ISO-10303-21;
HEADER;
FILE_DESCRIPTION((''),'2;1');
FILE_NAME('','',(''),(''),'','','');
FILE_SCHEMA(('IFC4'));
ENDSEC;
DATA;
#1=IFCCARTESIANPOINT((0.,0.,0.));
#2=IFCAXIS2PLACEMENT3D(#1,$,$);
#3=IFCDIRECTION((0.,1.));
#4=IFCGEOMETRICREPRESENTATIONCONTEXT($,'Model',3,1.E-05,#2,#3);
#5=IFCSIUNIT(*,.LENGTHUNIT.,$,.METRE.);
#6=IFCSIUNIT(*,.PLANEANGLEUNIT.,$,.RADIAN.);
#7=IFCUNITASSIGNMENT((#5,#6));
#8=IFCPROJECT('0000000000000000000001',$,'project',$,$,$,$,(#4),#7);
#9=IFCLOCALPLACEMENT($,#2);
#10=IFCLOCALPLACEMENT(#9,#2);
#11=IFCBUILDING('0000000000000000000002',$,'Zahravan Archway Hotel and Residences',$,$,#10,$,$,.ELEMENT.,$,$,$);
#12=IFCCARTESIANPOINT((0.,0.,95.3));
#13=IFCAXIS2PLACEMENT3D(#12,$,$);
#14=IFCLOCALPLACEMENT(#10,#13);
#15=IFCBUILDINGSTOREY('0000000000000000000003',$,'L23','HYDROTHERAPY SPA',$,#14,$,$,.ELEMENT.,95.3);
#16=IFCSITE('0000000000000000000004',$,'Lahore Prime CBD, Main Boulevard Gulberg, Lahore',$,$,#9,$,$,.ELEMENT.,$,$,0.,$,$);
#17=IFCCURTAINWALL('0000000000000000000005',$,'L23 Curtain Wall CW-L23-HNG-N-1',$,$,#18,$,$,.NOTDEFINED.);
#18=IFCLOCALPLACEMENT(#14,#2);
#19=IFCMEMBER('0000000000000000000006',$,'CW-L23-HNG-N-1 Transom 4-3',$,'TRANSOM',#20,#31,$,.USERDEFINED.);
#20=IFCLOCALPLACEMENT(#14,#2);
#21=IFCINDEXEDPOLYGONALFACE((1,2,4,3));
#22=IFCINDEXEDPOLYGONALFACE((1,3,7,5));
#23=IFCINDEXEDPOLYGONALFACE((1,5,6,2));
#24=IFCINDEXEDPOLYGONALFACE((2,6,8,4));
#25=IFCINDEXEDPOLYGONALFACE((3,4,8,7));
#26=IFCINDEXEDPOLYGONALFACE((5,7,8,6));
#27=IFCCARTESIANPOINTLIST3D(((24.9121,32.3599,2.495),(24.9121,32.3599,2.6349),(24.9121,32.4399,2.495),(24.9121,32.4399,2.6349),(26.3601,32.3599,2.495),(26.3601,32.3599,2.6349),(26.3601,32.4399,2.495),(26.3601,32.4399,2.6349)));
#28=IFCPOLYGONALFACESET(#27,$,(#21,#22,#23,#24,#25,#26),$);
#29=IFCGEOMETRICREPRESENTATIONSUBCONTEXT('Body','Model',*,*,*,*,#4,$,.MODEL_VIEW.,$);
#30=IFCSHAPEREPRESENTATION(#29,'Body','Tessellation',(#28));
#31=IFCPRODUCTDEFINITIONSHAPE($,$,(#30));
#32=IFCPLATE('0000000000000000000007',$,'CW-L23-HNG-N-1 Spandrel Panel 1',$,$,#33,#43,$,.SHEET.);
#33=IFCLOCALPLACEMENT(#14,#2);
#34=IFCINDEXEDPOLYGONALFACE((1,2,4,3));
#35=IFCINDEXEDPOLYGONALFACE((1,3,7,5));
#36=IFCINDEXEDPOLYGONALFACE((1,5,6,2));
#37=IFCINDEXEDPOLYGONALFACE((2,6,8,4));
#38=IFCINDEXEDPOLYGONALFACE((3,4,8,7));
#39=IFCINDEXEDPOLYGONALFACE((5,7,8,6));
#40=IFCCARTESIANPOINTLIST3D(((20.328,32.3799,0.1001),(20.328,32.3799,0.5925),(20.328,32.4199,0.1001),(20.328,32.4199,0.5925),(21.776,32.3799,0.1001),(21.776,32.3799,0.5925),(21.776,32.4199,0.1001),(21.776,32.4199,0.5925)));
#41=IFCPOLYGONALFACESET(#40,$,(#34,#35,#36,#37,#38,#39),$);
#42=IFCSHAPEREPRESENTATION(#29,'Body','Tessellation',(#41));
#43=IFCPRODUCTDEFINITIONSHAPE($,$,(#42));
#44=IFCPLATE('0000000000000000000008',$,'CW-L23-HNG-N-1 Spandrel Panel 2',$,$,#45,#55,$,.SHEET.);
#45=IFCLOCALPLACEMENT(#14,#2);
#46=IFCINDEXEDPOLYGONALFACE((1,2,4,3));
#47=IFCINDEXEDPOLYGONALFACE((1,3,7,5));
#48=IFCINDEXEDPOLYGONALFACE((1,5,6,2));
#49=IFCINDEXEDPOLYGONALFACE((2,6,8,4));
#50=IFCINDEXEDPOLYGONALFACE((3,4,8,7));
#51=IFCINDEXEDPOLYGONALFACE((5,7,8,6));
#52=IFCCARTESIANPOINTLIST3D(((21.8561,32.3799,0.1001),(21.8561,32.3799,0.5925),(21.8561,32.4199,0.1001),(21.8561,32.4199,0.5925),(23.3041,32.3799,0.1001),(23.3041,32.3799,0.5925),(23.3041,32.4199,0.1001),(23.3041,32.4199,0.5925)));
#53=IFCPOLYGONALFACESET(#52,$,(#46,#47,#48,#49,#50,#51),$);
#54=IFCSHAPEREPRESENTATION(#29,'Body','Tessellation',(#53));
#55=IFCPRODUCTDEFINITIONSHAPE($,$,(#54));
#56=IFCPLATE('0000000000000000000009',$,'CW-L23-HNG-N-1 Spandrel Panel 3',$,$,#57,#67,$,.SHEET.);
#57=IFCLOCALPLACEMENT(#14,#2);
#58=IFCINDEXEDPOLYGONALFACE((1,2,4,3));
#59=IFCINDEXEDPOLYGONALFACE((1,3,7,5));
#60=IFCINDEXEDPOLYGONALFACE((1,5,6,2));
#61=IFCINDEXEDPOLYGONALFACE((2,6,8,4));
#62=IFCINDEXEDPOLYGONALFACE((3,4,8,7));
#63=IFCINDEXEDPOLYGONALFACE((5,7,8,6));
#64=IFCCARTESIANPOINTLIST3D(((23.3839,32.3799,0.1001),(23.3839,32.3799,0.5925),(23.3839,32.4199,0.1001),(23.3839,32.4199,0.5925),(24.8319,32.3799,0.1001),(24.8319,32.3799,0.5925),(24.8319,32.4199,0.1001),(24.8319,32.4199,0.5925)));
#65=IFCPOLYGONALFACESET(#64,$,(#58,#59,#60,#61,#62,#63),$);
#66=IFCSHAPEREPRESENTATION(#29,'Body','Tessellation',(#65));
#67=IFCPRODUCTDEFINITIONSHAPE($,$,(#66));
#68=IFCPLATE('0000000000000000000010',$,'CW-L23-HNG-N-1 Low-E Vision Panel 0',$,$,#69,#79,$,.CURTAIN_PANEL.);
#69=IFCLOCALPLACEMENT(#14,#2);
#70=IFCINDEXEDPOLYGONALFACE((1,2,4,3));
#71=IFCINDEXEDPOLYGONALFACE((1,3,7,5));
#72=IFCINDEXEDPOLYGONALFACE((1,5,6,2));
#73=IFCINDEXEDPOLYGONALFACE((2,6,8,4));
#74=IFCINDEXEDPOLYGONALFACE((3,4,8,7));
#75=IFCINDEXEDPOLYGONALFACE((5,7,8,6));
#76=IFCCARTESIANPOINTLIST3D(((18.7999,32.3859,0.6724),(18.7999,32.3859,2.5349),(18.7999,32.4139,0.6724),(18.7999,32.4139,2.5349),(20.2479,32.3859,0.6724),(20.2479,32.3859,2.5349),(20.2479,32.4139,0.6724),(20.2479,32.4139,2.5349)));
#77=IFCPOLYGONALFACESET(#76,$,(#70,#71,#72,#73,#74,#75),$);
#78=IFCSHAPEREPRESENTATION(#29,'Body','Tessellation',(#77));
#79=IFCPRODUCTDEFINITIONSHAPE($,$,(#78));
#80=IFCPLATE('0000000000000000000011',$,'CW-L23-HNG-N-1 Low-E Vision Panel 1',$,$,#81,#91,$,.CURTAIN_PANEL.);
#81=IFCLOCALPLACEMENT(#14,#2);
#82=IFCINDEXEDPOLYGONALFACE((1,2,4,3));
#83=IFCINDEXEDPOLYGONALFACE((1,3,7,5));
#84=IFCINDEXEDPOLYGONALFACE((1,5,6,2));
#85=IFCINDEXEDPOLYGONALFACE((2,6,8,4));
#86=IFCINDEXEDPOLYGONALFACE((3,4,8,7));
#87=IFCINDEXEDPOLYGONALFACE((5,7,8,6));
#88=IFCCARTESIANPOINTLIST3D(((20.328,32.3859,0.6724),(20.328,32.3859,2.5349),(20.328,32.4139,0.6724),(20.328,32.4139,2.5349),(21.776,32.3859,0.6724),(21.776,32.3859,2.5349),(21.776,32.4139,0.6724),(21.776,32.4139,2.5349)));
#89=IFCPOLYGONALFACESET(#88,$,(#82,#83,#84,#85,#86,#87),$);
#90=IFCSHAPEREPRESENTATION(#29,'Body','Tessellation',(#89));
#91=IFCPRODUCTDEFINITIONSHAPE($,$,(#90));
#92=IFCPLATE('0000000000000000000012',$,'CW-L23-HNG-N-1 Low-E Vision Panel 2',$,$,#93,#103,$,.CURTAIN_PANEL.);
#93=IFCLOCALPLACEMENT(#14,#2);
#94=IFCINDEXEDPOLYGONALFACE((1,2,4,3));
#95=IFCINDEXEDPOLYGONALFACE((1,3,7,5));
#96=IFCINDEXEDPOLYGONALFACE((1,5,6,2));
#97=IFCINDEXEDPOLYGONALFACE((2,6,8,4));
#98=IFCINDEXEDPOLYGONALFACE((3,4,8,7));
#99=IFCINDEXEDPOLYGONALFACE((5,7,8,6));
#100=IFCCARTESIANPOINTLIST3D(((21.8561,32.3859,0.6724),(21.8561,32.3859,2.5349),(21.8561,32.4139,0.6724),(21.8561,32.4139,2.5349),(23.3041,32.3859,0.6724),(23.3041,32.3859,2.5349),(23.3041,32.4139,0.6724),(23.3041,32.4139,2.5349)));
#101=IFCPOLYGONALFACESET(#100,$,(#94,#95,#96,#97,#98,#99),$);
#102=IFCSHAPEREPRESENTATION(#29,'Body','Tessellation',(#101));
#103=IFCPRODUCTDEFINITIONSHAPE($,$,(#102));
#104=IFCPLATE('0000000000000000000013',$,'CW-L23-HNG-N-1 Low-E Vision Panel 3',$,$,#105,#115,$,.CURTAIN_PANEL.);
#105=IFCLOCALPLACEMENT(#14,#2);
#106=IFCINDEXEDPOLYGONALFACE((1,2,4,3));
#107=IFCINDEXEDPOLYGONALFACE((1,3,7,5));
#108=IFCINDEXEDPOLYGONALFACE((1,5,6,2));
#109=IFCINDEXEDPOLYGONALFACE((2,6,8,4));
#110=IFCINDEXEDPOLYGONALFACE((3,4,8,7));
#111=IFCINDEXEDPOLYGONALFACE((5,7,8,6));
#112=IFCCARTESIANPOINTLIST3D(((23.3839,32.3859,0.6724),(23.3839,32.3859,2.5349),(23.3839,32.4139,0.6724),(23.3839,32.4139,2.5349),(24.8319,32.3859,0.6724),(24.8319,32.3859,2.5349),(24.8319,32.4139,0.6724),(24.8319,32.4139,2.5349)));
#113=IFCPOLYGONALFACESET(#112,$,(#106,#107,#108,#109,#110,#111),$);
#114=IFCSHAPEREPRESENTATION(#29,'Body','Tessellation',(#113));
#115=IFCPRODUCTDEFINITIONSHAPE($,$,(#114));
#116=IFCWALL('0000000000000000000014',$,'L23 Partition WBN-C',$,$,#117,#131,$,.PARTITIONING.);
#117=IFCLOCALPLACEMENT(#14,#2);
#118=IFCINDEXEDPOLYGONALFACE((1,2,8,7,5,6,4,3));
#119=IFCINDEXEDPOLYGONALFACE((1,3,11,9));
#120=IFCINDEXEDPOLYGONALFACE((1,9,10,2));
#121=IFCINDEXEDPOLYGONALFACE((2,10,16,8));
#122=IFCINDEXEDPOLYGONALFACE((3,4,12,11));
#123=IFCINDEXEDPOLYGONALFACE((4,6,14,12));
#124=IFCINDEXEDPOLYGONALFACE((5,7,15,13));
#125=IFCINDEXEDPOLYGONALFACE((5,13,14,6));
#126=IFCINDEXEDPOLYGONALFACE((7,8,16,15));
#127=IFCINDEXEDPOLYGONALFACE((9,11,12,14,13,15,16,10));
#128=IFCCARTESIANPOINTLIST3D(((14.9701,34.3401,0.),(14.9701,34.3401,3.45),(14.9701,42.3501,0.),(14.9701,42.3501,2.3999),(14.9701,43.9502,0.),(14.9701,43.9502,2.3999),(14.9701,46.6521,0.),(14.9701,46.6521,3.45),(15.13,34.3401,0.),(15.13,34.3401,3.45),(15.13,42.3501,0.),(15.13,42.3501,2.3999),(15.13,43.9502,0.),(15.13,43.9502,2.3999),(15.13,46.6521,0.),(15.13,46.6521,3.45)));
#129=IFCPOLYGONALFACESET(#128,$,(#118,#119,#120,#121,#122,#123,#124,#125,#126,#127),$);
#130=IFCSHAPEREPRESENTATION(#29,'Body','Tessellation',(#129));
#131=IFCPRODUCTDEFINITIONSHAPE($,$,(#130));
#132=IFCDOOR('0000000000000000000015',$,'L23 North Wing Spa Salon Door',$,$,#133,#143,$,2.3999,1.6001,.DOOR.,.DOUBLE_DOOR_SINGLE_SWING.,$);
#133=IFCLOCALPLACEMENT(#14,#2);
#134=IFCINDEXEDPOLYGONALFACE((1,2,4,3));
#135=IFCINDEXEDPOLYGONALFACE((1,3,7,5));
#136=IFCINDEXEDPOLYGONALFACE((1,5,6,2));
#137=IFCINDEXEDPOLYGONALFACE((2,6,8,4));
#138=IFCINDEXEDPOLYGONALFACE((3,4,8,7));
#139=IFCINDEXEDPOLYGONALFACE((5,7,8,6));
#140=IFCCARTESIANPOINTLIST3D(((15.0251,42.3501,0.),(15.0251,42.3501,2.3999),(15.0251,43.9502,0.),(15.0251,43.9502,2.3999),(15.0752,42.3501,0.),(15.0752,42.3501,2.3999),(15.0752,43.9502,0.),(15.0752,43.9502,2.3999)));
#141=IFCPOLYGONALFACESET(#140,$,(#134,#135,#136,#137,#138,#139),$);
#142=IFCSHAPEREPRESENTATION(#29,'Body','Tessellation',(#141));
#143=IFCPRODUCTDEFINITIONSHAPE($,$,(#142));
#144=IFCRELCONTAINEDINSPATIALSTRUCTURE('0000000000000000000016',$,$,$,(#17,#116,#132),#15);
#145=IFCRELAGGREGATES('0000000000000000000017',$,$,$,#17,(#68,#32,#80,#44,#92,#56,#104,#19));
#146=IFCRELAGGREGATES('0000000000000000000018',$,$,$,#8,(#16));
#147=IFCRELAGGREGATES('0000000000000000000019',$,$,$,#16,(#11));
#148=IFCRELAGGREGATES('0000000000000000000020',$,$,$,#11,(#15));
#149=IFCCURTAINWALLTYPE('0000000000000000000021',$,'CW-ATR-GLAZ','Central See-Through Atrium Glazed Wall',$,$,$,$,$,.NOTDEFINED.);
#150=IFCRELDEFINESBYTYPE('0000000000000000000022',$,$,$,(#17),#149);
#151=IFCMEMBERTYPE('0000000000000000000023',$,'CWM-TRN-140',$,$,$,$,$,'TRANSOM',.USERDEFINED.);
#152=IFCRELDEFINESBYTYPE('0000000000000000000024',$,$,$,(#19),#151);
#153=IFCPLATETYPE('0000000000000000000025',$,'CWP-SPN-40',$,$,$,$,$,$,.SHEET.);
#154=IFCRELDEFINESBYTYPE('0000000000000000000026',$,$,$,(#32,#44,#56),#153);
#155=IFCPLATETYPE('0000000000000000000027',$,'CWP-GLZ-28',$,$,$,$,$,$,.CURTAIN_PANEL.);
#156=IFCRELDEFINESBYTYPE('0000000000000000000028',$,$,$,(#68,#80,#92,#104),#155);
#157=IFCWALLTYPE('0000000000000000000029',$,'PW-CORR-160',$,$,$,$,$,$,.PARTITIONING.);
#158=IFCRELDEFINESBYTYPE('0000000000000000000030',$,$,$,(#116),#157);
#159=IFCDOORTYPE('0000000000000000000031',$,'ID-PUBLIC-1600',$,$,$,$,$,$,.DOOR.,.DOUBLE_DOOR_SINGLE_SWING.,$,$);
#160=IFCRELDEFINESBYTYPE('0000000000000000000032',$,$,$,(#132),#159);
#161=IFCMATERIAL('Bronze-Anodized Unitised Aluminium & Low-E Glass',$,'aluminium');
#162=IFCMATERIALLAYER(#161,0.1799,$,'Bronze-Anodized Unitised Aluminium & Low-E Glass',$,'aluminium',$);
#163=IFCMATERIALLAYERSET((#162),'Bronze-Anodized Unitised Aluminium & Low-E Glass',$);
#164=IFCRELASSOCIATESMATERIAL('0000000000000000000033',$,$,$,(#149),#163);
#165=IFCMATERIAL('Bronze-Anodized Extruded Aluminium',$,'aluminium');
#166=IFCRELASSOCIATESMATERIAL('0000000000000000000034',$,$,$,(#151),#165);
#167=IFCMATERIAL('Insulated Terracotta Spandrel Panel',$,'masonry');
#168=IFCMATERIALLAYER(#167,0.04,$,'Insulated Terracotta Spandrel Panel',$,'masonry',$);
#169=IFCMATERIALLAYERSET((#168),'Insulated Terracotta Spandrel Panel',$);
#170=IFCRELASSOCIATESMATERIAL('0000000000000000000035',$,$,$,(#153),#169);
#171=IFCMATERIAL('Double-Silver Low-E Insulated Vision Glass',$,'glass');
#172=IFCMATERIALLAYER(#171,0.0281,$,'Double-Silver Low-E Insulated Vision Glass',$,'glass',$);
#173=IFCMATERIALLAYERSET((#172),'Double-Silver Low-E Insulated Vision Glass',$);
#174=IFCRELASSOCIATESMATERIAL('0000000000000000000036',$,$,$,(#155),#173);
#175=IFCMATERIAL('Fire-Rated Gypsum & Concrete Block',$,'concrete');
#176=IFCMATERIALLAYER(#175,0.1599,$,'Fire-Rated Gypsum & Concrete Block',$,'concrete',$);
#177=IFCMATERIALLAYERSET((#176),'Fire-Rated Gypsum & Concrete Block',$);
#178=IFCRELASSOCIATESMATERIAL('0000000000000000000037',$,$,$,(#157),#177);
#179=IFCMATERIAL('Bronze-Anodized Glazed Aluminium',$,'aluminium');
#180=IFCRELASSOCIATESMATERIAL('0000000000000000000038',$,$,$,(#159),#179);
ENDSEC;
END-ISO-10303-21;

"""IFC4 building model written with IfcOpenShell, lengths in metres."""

from ifc_helpers import new_model, si_unit, direction, frame, frame_2d, origin, origin_2d, place, context, subcontext, project, spatial, rectangle, extrude, source, transform, mapped, material, layer, layer_set, material_profile, profile_set, type_object, type_shapes, element, fill, aggregate, save


model = new_model("IFC4")

# Units and contexts
model_context = context("Model", 3, precision=1e-05, world=origin(), true_north=direction((0.0, 1.0)))
body_context = subcontext(model_context, "Body", "Model", "MODEL_VIEW")
ifc_project = project(units=[si_unit("LENGTHUNIT", "METRE"), si_unit("PLANEANGLEUNIT", "RADIAN")], contexts=[model_context])

# Site, building, storey
site_placement = place(None, origin())
site = spatial("IfcSite", under=ifc_project, at=site_placement, Name="Lahore Prime CBD, Main Boulevard Gulberg, Lahore", CompositionType="ELEMENT", RefElevation=0.0)
building_placement = place(site_placement, origin())
building = spatial("IfcBuilding", under=site, at=building_placement, Name="Zahravan Archway Hotel and Residences", CompositionType="ELEMENT")
storey_placement = place(building_placement, frame((0.0, 0.0, 95.3)))
storey = spatial("IfcBuildingStorey", under=building, at=storey_placement, Name="L23", Description="HYDROTHERAPY SPA", CompositionType="ELEMENT", Elevation=95.3)

# Curtain wall, member, plates
ifc_material_1 = material(Name="Bronze-Anodized Unitised Aluminium & Low-E Glass", Category="aluminium")
ifc_layer_1 = layer(ifc_material_1, 0.1799, Name="Bronze-Anodized Unitised Aluminium & Low-E Glass", Category="aluminium")
ifc_layer_set_1 = layer_set([ifc_layer_1], Name="Bronze-Anodized Unitised Aluminium & Low-E Glass")
curtain_wall_type = type_object("IfcCurtainWallType", Name="CW-ATR-GLAZ", Description="Central See-Through Atrium Glazed Wall", PredefinedType="NOTDEFINED", material=ifc_layer_set_1)
curtain_wall_placement = place(storey_placement, origin())
curtain_wall = element("IfcCurtainWall", 1, at=curtain_wall_placement, inside=storey, type_object=curtain_wall_type, Name="L23 Curtain Wall CW-L23-HNG-N-1", PredefinedType="NOTDEFINED")
ifc_material_2 = material(Name="Bronze-Anodized Extruded Aluminium", Category="aluminium")
ifc_material_profile_1 = material_profile(ifc_material_2, rectangle(XDim=0.0801, YDim=0.1399, at=origin_2d()), Name="TRN 80x140", Category="aluminium")
ifc_profile_set_1 = profile_set([ifc_material_profile_1], Name="Bronze-Anodized Extruded Aluminium")
member_type_1 = type_object("IfcMemberType", Name="CWM-TRN-140", ElementType="TRANSOM", PredefinedType="USERDEFINED", material=ifc_profile_set_1)
shared_shape_1 = source(origin(), body_context, "Body", "SweptSolid", [
    extrude(rectangle(XDim=0.0801, YDim=0.1399, at=origin_2d()), origin(), (0.0, 0.0, 1.0), 1.448),
])
member_1_placement = place(storey_placement, frame((24.9121, 32.3999, 2.5649), z_axis=(1.0, 0.0, 0.0), x_axis=(0.0, 1.0, 0.0)))
member_1 = element("IfcMember", 2, at=member_1_placement, type_object=member_type_1, Name="CW-L23-HNG-N-1 Transom 4-3", ObjectType="TRANSOM", PredefinedType="USERDEFINED", context=body_context, shape_type="MappedRepresentation", body=[
    mapped(shared_shape_1, transform((0.0, 0.0, 0.0), scale=1.0)),
])
ifc_material_3 = material(Name="Insulated Terracotta Spandrel Panel", Category="masonry")
ifc_layer_2 = layer(ifc_material_3, 0.04, Name="Insulated Terracotta Spandrel Panel", Category="masonry")
ifc_layer_set_2 = layer_set([ifc_layer_2], Name="Insulated Terracotta Spandrel Panel")
plate_type_1 = type_object("IfcPlateType", Name="CWP-SPN-40", PredefinedType="SHEET", material=ifc_layer_set_2)
shared_shape_2 = source(origin(), body_context, "Body", "SweptSolid", [
    extrude(rectangle(XDim=1.448, YDim=0.04, at=origin_2d()), origin(), (0.0, 0.0, 1.0), 0.4924),
])
plate_1_placement = place(storey_placement, frame((21.052, 32.3999, 0.1001), z_axis=(0.0, 0.0, 1.0), x_axis=(1.0, 0.0, 0.0)))
plate_1 = element("IfcPlate", 3, at=plate_1_placement, type_object=plate_type_1, Name="CW-L23-HNG-N-1 Spandrel Panel 1", PredefinedType="SHEET", context=body_context, shape_type="MappedRepresentation", body=[
    mapped(shared_shape_2, transform((0.0, 0.0, 0.0), scale=1.0)),
])
plate_2_placement = place(storey_placement, frame((22.5801, 32.3999, 0.1001), z_axis=(0.0, 0.0, 1.0), x_axis=(1.0, 0.0, 0.0)))
plate_2 = element("IfcPlate", 4, at=plate_2_placement, type_object=plate_type_1, Name="CW-L23-HNG-N-1 Spandrel Panel 2", PredefinedType="SHEET", context=body_context, shape_type="MappedRepresentation", body=[
    mapped(shared_shape_2, transform((0.0, 0.0, 0.0), scale=1.0)),
])
plate_3_placement = place(storey_placement, frame((24.1079, 32.3999, 0.1001), z_axis=(0.0, 0.0, 1.0), x_axis=(1.0, 0.0, 0.0)))
plate_3 = element("IfcPlate", 5, at=plate_3_placement, type_object=plate_type_1, Name="CW-L23-HNG-N-1 Spandrel Panel 3", PredefinedType="SHEET", context=body_context, shape_type="MappedRepresentation", body=[
    mapped(shared_shape_2, transform((0.0, 0.0, 0.0), scale=1.0)),
])
ifc_material_4 = material(Name="Double-Silver Low-E Insulated Vision Glass", Category="glass")
ifc_layer_3 = layer(ifc_material_4, 0.0281, Name="Double-Silver Low-E Insulated Vision Glass", Category="glass")
ifc_layer_set_3 = layer_set([ifc_layer_3], Name="Double-Silver Low-E Insulated Vision Glass")
plate_type_2 = type_object("IfcPlateType", Name="CWP-GLZ-28", PredefinedType="CURTAIN_PANEL", material=ifc_layer_set_3)
shared_shape_3 = source(origin(), body_context, "Body", "SweptSolid", [
    extrude(rectangle(XDim=1.448, YDim=0.0281, at=origin_2d()), origin(), (0.0, 0.0, 1.0), 1.8625),
])
plate_4_placement = place(storey_placement, frame((19.5239, 32.3999, 0.6724), z_axis=(0.0, 0.0, 1.0), x_axis=(1.0, 0.0, 0.0)))
plate_4 = element("IfcPlate", 6, at=plate_4_placement, type_object=plate_type_2, Name="CW-L23-HNG-N-1 Low-E Vision Panel 0", PredefinedType="CURTAIN_PANEL", context=body_context, shape_type="MappedRepresentation", body=[
    mapped(shared_shape_3, transform((0.0, 0.0, 0.0), scale=1.0)),
])
plate_5_placement = place(storey_placement, frame((21.052, 32.3999, 0.6724), z_axis=(0.0, 0.0, 1.0), x_axis=(1.0, 0.0, 0.0)))
plate_5 = element("IfcPlate", 7, at=plate_5_placement, type_object=plate_type_2, Name="CW-L23-HNG-N-1 Low-E Vision Panel 1", PredefinedType="CURTAIN_PANEL", context=body_context, shape_type="MappedRepresentation", body=[
    mapped(shared_shape_3, transform((0.0, 0.0, 0.0), scale=1.0)),
])
plate_6_placement = place(storey_placement, frame((22.5801, 32.3999, 0.6724), z_axis=(0.0, 0.0, 1.0), x_axis=(1.0, 0.0, 0.0)))
plate_6 = element("IfcPlate", 8, at=plate_6_placement, type_object=plate_type_2, Name="CW-L23-HNG-N-1 Low-E Vision Panel 2", PredefinedType="CURTAIN_PANEL", context=body_context, shape_type="MappedRepresentation", body=[
    mapped(shared_shape_3, transform((0.0, 0.0, 0.0), scale=1.0)),
])
plate_7_placement = place(storey_placement, frame((24.1079, 32.3999, 0.6724), z_axis=(0.0, 0.0, 1.0), x_axis=(1.0, 0.0, 0.0)))
plate_7 = element("IfcPlate", 9, at=plate_7_placement, type_object=plate_type_2, Name="CW-L23-HNG-N-1 Low-E Vision Panel 3", PredefinedType="CURTAIN_PANEL", context=body_context, shape_type="MappedRepresentation", body=[
    mapped(shared_shape_3, transform((0.0, 0.0, 0.0), scale=1.0)),
])
aggregate(curtain_wall, [plate_4, plate_1, plate_5, plate_2, plate_6, plate_3, plate_7, member_1])

# Wall, opening, door
ifc_material_5 = material(Name="Fire-Rated Gypsum & Concrete Block", Category="concrete")
ifc_layer_4 = layer(ifc_material_5, 0.1599, Name="Fire-Rated Gypsum & Concrete Block", Category="concrete")
ifc_layer_set_4 = layer_set([ifc_layer_4], Name="Fire-Rated Gypsum & Concrete Block")
wall_type = type_object("IfcWallType", Name="PW-CORR-160", PredefinedType="PARTITIONING", material=ifc_layer_set_4)
wall_placement = place(storey_placement, frame((15.05, 34.3401, 0.0), z_axis=(0.0, 0.0, 1.0), x_axis=(0.0, 1.0, 0.0)))
wall = element("IfcWall", 10, at=wall_placement, inside=storey, type_object=wall_type, Name="L23 Partition WBN-C", PredefinedType="PARTITIONING", context=body_context, shape_type="SweptSolid", body=[
    extrude(rectangle(XDim=12.312, YDim=0.1599, at=frame_2d((6.156, 0.0))), origin(), (0.0, 0.0, 1.0), 3.45),
])
opening_placement = place(wall_placement, frame((8.01, 0.0, 0.0)))
opening = element("IfcOpeningElement", 11, at=opening_placement, cuts=wall, PredefinedType="OPENING", context=body_context, shape_type="SweptSolid", body=[
    extrude(rectangle(XDim=1.6001, YDim=2.3999, at=frame_2d((0.8, 1.2))), frame((0.0, 0.0898, 0.0), z_axis=(0.0, -1.0, 0.0), x_axis=(1.0, 0.0, 0.0)), (0.0, 0.0, 1.0), 0.1799),
])
ifc_material_6 = material(Name="Bronze-Anodized Glazed Aluminium", Category="aluminium")
door_type = type_object("IfcDoorType", Name="ID-PUBLIC-1600", OperationType="DOUBLE_DOOR_SINGLE_SWING", PredefinedType="DOOR", material=ifc_material_6)
shared_shape_4 = source(origin(), body_context, "Body", "SweptSolid", [
    extrude(rectangle(XDim=1.6001, YDim=2.3999, at=frame_2d((0.8, 1.2))), frame((0.0, 0.0249, 0.0), z_axis=(0.0, -1.0, 0.0), x_axis=(1.0, 0.0, 0.0)), (0.0, 0.0, 1.0), 0.05),
])
type_shapes(door_type, [shared_shape_4])
door_placement = place(opening_placement, origin())
door = element("IfcDoor", 12, at=door_placement, inside=storey, type_object=door_type, Name="L23 North Wing Spa Salon Door", OperationType="DOUBLE_DOOR_SINGLE_SWING", OverallHeight=2.3999, OverallWidth=1.6001, PredefinedType="DOOR", context=body_context, shape_type="MappedRepresentation", body=[
    mapped(shared_shape_4, transform((0.0, 0.0, 0.0), scale=1.0)),
])
fill(opening, door)

save(model, "model.ifc")
